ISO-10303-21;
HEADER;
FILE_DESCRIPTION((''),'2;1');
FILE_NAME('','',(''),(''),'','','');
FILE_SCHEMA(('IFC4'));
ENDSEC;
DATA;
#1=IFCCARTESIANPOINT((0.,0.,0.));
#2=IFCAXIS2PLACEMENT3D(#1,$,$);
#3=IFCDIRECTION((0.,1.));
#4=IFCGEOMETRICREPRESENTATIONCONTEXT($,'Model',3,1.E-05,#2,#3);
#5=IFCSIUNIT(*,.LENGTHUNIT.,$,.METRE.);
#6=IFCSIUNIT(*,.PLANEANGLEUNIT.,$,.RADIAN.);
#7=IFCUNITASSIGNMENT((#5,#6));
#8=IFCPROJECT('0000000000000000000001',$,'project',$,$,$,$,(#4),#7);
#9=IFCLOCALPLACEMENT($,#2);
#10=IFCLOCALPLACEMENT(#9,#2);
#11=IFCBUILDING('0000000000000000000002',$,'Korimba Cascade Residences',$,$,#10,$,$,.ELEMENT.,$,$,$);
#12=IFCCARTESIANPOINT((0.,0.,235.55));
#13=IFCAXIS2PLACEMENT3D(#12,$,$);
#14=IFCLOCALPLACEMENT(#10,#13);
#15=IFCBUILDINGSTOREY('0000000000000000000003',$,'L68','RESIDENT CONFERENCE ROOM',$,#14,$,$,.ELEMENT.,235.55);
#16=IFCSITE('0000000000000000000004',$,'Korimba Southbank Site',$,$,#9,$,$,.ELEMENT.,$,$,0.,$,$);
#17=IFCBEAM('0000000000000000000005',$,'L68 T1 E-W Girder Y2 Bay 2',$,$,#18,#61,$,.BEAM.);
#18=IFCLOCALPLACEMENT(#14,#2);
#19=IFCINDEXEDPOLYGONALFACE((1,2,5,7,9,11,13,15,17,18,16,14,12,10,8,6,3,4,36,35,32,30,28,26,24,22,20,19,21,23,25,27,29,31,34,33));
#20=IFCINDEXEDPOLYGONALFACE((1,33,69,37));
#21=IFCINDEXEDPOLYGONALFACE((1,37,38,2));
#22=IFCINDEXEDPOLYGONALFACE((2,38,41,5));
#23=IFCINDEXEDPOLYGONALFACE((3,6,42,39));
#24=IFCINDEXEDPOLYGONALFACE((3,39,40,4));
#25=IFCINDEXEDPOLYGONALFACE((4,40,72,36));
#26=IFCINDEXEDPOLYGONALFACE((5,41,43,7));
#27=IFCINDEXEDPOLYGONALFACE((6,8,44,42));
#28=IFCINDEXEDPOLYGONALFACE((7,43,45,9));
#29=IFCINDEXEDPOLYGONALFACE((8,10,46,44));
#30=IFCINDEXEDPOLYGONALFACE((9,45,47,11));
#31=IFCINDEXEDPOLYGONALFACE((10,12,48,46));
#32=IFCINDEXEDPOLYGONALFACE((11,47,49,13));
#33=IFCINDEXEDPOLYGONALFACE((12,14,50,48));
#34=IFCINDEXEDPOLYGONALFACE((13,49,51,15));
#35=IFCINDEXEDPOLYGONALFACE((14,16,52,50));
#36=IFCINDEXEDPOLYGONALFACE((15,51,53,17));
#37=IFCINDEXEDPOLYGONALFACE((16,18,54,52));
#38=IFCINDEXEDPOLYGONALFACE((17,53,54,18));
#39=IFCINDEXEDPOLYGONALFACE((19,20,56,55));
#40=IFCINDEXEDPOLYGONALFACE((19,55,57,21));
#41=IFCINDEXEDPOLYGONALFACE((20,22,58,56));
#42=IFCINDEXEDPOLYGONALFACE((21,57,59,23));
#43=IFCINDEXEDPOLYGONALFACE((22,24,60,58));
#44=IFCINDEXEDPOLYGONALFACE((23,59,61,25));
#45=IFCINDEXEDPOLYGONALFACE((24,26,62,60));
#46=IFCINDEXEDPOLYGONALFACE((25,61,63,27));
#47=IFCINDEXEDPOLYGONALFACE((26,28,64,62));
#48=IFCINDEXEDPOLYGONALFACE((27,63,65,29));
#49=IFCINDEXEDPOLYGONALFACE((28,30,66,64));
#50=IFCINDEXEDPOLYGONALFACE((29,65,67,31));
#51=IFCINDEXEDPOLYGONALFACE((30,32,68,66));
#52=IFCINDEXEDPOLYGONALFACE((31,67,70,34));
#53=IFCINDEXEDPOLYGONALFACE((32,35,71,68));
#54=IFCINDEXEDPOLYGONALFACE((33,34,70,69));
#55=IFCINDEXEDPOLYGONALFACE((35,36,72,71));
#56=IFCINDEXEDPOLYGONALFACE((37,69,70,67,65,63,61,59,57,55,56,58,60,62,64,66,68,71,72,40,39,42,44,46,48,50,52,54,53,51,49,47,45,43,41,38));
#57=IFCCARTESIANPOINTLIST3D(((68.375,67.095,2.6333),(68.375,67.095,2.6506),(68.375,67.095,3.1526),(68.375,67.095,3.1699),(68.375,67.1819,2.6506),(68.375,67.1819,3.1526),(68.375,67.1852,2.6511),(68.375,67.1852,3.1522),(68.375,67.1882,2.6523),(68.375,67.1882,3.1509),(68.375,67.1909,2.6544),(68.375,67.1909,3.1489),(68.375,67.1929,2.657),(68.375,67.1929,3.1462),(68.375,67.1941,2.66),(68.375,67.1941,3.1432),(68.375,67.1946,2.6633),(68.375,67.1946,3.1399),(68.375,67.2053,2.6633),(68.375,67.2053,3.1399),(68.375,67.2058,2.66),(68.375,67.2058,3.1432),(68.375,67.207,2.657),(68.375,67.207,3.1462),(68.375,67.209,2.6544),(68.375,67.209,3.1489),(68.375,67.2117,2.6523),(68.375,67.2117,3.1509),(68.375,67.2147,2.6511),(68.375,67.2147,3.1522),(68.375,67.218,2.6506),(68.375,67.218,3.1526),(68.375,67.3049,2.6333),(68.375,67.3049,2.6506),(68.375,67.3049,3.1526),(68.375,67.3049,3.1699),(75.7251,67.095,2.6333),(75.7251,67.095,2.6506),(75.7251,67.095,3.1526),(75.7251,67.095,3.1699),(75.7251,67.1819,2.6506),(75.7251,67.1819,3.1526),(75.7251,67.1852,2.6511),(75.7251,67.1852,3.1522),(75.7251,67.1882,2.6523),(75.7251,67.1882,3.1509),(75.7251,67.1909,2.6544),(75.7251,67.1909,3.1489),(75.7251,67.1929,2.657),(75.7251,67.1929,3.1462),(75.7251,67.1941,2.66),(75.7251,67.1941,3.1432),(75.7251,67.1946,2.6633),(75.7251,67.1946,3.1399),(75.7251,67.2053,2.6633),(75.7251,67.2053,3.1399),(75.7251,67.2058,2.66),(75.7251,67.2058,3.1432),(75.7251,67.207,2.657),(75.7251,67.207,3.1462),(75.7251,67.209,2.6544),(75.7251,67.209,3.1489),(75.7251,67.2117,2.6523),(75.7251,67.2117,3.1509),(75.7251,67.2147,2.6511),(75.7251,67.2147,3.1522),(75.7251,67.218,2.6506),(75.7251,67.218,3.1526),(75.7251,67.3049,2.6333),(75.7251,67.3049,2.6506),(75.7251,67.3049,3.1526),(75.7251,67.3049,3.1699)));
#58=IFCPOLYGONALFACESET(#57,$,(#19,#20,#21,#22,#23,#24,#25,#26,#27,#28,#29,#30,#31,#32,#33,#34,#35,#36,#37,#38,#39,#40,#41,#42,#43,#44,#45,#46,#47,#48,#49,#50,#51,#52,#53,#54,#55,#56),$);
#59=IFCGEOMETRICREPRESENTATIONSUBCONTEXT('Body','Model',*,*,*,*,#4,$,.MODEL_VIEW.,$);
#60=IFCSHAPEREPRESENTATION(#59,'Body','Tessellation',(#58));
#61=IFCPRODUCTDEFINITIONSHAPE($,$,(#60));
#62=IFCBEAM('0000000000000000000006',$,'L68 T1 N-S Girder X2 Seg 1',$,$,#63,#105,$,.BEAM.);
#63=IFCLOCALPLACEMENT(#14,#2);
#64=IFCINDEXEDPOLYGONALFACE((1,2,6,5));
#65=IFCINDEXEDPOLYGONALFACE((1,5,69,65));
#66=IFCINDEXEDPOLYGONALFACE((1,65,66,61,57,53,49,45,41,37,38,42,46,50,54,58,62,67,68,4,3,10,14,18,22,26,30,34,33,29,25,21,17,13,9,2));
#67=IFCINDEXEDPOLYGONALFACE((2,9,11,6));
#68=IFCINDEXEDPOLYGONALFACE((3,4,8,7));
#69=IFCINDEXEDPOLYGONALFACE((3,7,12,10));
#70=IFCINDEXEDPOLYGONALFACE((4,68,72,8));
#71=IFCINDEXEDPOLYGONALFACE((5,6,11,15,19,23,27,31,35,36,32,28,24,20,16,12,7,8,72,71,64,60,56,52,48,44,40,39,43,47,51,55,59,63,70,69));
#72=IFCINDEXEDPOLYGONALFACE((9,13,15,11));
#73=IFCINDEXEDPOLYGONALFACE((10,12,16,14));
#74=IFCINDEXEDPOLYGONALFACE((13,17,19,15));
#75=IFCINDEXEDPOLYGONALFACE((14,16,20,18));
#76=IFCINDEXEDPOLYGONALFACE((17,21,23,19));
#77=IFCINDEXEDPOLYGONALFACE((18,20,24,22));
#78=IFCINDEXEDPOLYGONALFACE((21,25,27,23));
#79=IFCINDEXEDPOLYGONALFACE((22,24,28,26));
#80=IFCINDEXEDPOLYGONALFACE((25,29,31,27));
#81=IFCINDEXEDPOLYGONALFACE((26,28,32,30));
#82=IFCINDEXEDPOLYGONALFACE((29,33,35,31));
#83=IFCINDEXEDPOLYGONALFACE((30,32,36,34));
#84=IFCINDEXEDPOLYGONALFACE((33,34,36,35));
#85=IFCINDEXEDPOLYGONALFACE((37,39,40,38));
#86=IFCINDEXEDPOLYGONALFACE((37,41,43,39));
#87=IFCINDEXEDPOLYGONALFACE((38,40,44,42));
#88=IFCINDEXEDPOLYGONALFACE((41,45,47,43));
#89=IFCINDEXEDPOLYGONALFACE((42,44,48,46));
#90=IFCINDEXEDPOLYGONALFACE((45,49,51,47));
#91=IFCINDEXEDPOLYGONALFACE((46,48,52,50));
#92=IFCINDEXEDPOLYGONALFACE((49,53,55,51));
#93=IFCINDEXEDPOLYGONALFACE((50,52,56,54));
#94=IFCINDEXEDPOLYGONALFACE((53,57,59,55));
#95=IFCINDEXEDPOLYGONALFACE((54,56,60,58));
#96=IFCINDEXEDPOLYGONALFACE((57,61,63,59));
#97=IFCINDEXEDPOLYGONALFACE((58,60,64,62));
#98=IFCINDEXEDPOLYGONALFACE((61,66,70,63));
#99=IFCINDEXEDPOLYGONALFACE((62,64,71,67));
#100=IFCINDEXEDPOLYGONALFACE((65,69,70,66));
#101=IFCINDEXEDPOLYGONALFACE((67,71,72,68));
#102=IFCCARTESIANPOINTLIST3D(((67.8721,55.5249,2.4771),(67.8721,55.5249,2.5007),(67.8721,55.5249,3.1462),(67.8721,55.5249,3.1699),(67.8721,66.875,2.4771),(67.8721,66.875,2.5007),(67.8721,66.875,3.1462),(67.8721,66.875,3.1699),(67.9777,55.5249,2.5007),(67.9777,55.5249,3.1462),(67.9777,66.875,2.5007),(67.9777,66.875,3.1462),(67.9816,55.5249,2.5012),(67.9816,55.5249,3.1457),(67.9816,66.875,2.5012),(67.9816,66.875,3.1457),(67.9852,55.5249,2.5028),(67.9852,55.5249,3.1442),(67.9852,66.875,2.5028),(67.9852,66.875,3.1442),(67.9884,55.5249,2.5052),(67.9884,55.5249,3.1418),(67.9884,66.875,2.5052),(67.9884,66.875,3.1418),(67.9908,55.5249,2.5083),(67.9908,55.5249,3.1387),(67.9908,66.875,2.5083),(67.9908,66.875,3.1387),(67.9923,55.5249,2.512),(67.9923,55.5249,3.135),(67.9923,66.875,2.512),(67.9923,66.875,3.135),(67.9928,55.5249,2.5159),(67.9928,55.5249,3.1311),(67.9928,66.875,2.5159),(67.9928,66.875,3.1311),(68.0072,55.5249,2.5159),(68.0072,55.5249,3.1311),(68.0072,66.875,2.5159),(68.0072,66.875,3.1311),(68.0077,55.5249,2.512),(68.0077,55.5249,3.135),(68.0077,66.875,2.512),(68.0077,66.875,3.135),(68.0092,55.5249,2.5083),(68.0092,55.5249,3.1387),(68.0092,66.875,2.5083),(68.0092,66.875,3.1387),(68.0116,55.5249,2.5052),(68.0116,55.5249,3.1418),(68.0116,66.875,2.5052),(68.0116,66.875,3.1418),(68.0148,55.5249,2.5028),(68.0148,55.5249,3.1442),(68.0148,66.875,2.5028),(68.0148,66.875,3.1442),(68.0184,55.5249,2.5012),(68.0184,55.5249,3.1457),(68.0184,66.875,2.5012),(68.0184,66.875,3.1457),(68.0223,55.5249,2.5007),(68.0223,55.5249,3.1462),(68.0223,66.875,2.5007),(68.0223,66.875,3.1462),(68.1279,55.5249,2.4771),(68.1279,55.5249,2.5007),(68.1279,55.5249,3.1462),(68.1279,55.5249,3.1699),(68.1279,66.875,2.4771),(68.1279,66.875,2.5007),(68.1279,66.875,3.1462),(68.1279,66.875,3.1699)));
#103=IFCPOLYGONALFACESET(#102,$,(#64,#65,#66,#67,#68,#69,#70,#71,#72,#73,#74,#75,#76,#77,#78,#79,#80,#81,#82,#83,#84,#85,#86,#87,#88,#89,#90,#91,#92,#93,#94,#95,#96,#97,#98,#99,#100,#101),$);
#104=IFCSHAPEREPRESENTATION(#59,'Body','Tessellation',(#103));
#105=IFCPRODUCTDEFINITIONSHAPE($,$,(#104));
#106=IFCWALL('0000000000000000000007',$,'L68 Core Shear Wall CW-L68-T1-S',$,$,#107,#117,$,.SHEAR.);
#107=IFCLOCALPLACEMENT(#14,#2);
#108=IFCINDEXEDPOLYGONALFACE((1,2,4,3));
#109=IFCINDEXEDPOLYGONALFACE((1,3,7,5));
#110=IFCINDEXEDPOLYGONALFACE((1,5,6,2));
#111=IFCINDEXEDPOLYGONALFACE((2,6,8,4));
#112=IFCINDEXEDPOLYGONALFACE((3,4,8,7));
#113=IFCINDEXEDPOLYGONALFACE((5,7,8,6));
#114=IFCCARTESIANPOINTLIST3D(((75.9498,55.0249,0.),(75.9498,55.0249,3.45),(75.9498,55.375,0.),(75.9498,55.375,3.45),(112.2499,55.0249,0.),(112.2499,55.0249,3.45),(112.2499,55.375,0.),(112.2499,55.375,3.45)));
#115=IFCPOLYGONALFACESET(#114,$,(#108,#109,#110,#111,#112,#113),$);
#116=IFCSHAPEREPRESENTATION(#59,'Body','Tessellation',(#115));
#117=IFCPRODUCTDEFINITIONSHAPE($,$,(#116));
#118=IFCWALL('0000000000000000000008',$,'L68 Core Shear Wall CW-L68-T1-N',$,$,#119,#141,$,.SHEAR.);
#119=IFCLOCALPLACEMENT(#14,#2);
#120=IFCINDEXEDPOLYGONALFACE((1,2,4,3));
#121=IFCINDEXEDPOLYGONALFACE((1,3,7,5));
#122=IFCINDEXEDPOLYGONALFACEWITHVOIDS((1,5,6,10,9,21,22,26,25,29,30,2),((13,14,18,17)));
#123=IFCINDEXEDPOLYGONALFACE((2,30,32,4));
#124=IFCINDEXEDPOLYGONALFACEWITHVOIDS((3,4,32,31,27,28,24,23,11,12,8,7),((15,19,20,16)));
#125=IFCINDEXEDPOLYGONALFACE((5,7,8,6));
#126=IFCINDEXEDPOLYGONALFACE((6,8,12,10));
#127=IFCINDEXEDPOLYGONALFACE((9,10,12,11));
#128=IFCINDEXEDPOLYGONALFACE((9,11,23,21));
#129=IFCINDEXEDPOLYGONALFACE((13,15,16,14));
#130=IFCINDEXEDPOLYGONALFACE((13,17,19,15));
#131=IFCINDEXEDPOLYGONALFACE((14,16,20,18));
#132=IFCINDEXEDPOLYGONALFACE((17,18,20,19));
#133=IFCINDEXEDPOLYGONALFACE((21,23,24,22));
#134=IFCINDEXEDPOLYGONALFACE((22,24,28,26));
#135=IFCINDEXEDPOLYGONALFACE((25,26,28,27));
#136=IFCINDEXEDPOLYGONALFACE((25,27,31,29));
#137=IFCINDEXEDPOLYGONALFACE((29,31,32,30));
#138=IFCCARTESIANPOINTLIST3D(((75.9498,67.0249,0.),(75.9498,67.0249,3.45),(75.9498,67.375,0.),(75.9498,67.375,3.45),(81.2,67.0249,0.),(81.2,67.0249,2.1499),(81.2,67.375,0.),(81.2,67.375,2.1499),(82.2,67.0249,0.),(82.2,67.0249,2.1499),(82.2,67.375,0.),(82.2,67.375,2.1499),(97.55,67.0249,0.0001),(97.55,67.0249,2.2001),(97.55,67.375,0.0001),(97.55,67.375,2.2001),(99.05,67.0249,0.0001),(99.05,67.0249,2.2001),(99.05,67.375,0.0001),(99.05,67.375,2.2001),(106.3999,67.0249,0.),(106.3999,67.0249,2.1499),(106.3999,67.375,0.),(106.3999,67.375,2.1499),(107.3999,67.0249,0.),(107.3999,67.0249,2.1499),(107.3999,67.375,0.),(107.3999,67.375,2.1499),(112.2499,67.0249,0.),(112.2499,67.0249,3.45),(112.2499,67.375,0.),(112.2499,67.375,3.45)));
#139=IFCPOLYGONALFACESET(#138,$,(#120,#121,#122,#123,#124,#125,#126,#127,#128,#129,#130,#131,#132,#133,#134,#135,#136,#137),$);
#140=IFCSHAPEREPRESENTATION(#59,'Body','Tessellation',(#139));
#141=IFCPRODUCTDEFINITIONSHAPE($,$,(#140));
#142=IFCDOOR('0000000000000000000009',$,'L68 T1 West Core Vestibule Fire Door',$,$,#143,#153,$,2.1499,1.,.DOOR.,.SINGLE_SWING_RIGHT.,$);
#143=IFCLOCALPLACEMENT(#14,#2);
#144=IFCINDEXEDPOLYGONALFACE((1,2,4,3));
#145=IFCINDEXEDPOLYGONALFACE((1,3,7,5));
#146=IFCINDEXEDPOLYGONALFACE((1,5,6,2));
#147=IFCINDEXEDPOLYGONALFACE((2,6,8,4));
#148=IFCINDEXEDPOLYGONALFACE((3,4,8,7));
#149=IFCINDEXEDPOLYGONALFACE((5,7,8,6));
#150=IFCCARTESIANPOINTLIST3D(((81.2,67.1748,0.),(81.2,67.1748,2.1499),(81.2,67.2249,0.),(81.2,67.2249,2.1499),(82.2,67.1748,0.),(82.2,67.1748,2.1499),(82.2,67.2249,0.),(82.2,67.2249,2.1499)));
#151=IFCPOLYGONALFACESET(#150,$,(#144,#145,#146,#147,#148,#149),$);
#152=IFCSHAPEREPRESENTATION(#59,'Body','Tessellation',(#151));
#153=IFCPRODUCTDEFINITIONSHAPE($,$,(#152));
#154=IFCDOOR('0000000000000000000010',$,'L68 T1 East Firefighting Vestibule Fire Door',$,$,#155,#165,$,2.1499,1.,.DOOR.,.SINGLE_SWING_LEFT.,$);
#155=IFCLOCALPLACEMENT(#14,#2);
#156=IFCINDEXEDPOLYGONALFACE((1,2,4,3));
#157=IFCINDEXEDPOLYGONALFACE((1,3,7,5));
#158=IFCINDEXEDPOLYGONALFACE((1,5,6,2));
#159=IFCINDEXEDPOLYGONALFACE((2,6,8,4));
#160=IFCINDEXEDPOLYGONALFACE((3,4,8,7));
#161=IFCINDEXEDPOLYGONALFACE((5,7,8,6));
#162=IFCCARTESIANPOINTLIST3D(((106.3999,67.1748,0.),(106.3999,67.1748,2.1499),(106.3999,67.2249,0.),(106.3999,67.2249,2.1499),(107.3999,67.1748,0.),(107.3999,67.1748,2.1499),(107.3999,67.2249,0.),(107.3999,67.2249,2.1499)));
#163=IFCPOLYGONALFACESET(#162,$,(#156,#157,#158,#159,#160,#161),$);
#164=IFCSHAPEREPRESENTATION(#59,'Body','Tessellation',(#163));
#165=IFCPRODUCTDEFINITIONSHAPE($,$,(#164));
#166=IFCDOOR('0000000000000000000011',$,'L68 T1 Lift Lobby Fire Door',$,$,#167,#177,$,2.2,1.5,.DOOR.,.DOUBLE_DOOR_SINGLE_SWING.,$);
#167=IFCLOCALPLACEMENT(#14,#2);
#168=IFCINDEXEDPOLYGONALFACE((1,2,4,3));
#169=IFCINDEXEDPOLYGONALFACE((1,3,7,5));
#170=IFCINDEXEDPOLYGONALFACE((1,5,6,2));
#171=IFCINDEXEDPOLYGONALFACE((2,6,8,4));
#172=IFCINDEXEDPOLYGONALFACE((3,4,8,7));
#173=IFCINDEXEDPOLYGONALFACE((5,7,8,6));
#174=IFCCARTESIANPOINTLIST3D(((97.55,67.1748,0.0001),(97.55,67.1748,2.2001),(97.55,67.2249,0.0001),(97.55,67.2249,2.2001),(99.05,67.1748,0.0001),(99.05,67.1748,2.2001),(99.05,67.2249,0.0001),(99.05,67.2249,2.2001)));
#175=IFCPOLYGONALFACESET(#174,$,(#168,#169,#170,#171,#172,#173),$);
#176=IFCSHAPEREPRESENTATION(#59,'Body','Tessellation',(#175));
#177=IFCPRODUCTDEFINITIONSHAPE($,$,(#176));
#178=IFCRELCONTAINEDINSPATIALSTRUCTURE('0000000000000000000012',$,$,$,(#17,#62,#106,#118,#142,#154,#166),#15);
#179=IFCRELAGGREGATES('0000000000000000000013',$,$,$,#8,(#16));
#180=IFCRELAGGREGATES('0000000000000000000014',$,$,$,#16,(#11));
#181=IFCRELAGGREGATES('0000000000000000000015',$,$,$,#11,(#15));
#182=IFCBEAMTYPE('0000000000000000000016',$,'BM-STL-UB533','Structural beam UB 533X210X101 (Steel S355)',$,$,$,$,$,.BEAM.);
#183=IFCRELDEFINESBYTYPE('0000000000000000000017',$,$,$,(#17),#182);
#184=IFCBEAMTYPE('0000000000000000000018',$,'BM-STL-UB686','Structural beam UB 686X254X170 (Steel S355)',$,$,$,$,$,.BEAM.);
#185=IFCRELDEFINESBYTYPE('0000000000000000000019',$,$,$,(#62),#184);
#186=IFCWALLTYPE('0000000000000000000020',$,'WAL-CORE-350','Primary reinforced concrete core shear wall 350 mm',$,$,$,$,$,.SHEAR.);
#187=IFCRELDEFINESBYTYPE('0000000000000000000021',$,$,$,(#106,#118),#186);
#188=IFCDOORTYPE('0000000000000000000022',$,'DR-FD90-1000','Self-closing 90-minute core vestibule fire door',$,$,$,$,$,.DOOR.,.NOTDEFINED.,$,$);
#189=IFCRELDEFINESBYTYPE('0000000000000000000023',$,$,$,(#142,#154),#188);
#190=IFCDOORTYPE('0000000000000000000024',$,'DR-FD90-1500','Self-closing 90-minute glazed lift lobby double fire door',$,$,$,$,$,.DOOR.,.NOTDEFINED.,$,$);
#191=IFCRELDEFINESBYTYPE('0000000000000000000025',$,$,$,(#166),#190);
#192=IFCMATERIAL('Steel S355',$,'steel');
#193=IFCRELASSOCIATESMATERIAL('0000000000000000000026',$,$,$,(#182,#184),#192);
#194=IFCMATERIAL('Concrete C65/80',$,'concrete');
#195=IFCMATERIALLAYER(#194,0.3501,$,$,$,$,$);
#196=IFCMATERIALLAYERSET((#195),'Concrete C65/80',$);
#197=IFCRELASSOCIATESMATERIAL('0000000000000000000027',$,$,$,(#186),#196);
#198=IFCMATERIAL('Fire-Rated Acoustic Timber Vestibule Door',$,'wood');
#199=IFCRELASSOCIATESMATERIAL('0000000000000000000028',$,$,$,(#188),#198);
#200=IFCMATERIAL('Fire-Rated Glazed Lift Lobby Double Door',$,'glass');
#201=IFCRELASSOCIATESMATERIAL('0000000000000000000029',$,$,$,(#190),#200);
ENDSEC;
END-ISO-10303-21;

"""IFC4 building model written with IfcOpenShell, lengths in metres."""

from ifc_helpers import new_model, si_unit, direction, frame, frame_2d, origin, origin_2d, place, context, subcontext, project, spatial, rectangle, i_section, extrude, material, layer, layer_set, material_profile, profile_set, type_object, element, fill, save


model = new_model("IFC4")

# Units and contexts
model_context = context("Model", 3, precision=1e-05, world=origin(), true_north=direction((0.0, 1.0)))
body_context = subcontext(model_context, "Body", "Model", "MODEL_VIEW")
ifc_project = project(units=[si_unit("LENGTHUNIT", "METRE"), si_unit("PLANEANGLEUNIT", "RADIAN")], contexts=[model_context])

# Site, building, storey
site_placement = place(None, origin())
site = spatial("IfcSite", under=ifc_project, at=site_placement, Name="Korimba Southbank Site", CompositionType="ELEMENT", RefElevation=0.0)
building_placement = place(site_placement, origin())
building = spatial("IfcBuilding", under=site, at=building_placement, Name="Korimba Cascade Residences", CompositionType="ELEMENT")
storey_placement = place(building_placement, frame((0.0, 0.0, 235.55)))
storey = spatial("IfcBuildingStorey", under=building, at=storey_placement, Name="L68", Description="RESIDENT CONFERENCE ROOM", CompositionType="ELEMENT", Elevation=235.55)

# Beams
ifc_material_1 = material(Name="Steel S355", Category="steel")
ifc_material_profile_1 = material_profile(ifc_material_1, i_section(OverallWidth=0.21, OverallDepth=0.5366, WebThickness=0.0107, FlangeThickness=0.0173, FilletRadius=0.0127, at=origin_2d()), Name="Steel S355")
ifc_profile_set_1 = profile_set([ifc_material_profile_1], Name="Steel S355")
beam_type_1 = type_object("IfcBeamType", Name="BM-STL-UB533", Description="Structural beam UB 533X210X101 (Steel S355)", PredefinedType="BEAM", material=ifc_profile_set_1)
beam_1_placement = place(storey_placement, frame((68.375, 67.2, 2.9016), z_axis=(1.0, 0.0, 0.0), x_axis=(0.0, 1.0, 0.0)))
element("IfcBeam", 1, at=beam_1_placement, inside=storey, type_object=beam_type_1, Name="L68 T1 E-W Girder Y2 Bay 2", PredefinedType="BEAM", context=body_context, shape_type="SweptSolid", body=[
    extrude(i_section(OverallWidth=0.21, OverallDepth=0.5366, WebThickness=0.0107, FlangeThickness=0.0173, FilletRadius=0.0127, at=origin_2d()), origin(), (0.0, 0.0, 1.0), 7.3501),
])
ifc_material_profile_2 = material_profile(ifc_material_1, i_section(OverallWidth=0.2559, OverallDepth=0.6929, WebThickness=0.0144, FlangeThickness=0.0237, FilletRadius=0.0151, at=origin_2d()), Name="Steel S355")
ifc_profile_set_2 = profile_set([ifc_material_profile_2], Name="Steel S355")
beam_type_2 = type_object("IfcBeamType", Name="BM-STL-UB686", Description="Structural beam UB 686X254X170 (Steel S355)", PredefinedType="BEAM", material=ifc_profile_set_2)
beam_2_placement = place(storey_placement, frame((68.0, 55.5249, 2.8235), z_axis=(0.0, 1.0, 0.0), x_axis=(-1.0, 0.0, 0.0)))
element("IfcBeam", 2, at=beam_2_placement, inside=storey, type_object=beam_type_2, Name="L68 T1 N-S Girder X2 Seg 1", PredefinedType="BEAM", context=body_context, shape_type="SweptSolid", body=[
    extrude(i_section(OverallWidth=0.2559, OverallDepth=0.6929, WebThickness=0.0144, FlangeThickness=0.0237, FilletRadius=0.0151, at=origin_2d()), origin(), (0.0, 0.0, 1.0), 11.3501),
])

# Wall
ifc_material_2 = material(Name="Concrete C65/80", Category="concrete")
ifc_layer_1 = layer(ifc_material_2, 0.3501)
ifc_layer_set_1 = layer_set([ifc_layer_1], Name="Concrete C65/80")
wall_type_1 = type_object("IfcWallType", Name="WAL-CORE-350", Description="Primary reinforced concrete core shear wall 350 mm", PredefinedType="SHEAR", material=ifc_layer_set_1)
wall_1_placement = place(storey_placement, frame((75.95, 55.2, 0.0), z_axis=(0.0, 0.0, 1.0), x_axis=(1.0, 0.0, 0.0)))
element("IfcWall", 3, at=wall_1_placement, inside=storey, type_object=wall_type_1, Name="L68 Core Shear Wall CW-L68-T1-S", PredefinedType="SHEAR", context=body_context, shape_type="SweptSolid", body=[
    extrude(rectangle(XDim=36.3, YDim=0.3501, at=frame_2d((18.1499, 0.0))), origin(), (0.0, 0.0, 1.0), 3.45),
])

# Wall, openings, doors
wall_2_placement = place(storey_placement, frame((75.95, 67.2, 0.0), z_axis=(0.0, 0.0, 1.0), x_axis=(1.0, 0.0, 0.0)))
wall_2 = element("IfcWall", 4, at=wall_2_placement, inside=storey, type_object=wall_type_1, Name="L68 Core Shear Wall CW-L68-T1-N", PredefinedType="SHEAR", context=body_context, shape_type="SweptSolid", body=[
    extrude(rectangle(XDim=36.3, YDim=0.3501, at=frame_2d((18.1499, 0.0))), origin(), (0.0, 0.0, 1.0), 3.45),
])
opening_1_placement = place(wall_2_placement, frame((5.25, 0.0, 0.0)))
opening_1 = element("IfcOpeningElement", 5, at=opening_1_placement, cuts=wall_2, PredefinedType="OPENING", context=body_context, shape_type="SweptSolid", body=[
    extrude(rectangle(XDim=1.0, YDim=2.1499, at=frame_2d((0.5, 1.075))), frame((0.0, 0.1851, 0.0), z_axis=(0.0, -1.0, 0.0), x_axis=(1.0, 0.0, 0.0)), (0.0, 0.0, 1.0), 0.3701),
])
opening_2_placement = place(wall_2_placement, frame((21.6001, 0.0, 0.0)))
opening_2 = element("IfcOpeningElement", 6, at=opening_2_placement, cuts=wall_2, PredefinedType="OPENING", context=body_context, shape_type="SweptSolid", body=[
    extrude(rectangle(XDim=1.5, YDim=2.2, at=frame_2d((0.75, 1.1001))), frame((0.0, 0.1851, 0.0), z_axis=(0.0, -1.0, 0.0), x_axis=(1.0, 0.0, 0.0)), (0.0, 0.0, 1.0), 0.3701),
])
opening_3_placement = place(wall_2_placement, frame((30.45, 0.0, 0.0)))
opening_3 = element("IfcOpeningElement", 7, at=opening_3_placement, cuts=wall_2, PredefinedType="OPENING", context=body_context, shape_type="SweptSolid", body=[
    extrude(rectangle(XDim=1.0, YDim=2.1499, at=frame_2d((0.5, 1.075))), frame((0.0, 0.1851, 0.0), z_axis=(0.0, -1.0, 0.0), x_axis=(1.0, 0.0, 0.0)), (0.0, 0.0, 1.0), 0.3701),
])
ifc_material_3 = material(Name="Fire-Rated Acoustic Timber Vestibule Door", Category="wood")
door_type_1 = type_object("IfcDoorType", Name="DR-FD90-1000", Description="Self-closing 90-minute core vestibule fire door", OperationType="NOTDEFINED", PredefinedType="DOOR", material=ifc_material_3)
door_1_placement = place(opening_1_placement, origin())
door_1 = element("IfcDoor", 8, at=door_1_placement, inside=storey, type_object=door_type_1, Name="L68 T1 West Core Vestibule Fire Door", OperationType="SINGLE_SWING_RIGHT", OverallHeight=2.1499, OverallWidth=1.0, PredefinedType="DOOR", context=body_context, shape_type="SweptSolid", body=[
    extrude(rectangle(XDim=1.0, YDim=2.1499, at=frame_2d((0.5, 1.075))), frame((0.0, 0.0249, 0.0), z_axis=(0.0, -1.0, 0.0), x_axis=(1.0, 0.0, 0.0)), (0.0, 0.0, 1.0), 0.05),
])
fill(opening_1, door_1)
door_2_placement = place(opening_3_placement, origin())
door_2 = element("IfcDoor", 9, at=door_2_placement, inside=storey, type_object=door_type_1, Name="L68 T1 East Firefighting Vestibule Fire Door", OperationType="SINGLE_SWING_LEFT", OverallHeight=2.1499, OverallWidth=1.0, PredefinedType="DOOR", context=body_context, shape_type="SweptSolid", body=[
    extrude(rectangle(XDim=1.0, YDim=2.1499, at=frame_2d((0.5, 1.075))), frame((0.0, 0.0249, 0.0), z_axis=(0.0, -1.0, 0.0), x_axis=(1.0, 0.0, 0.0)), (0.0, 0.0, 1.0), 0.05),
])
fill(opening_3, door_2)
ifc_material_4 = material(Name="Fire-Rated Glazed Lift Lobby Double Door", Category="glass")
door_type_2 = type_object("IfcDoorType", Name="DR-FD90-1500", Description="Self-closing 90-minute glazed lift lobby double fire door", OperationType="NOTDEFINED", PredefinedType="DOOR", material=ifc_material_4)
door_3_placement = place(opening_2_placement, origin())
door_3 = element("IfcDoor", 10, at=door_3_placement, inside=storey, type_object=door_type_2, Name="L68 T1 Lift Lobby Fire Door", OperationType="DOUBLE_DOOR_SINGLE_SWING", OverallHeight=2.2, OverallWidth=1.5, PredefinedType="DOOR", context=body_context, shape_type="SweptSolid", body=[
    extrude(rectangle(XDim=1.5, YDim=2.2, at=frame_2d((0.75, 1.1001))), frame((0.0, 0.0249, 0.0), z_axis=(0.0, -1.0, 0.0), x_axis=(1.0, 0.0, 0.0)), (0.0, 0.0, 1.0), 0.05),
])
fill(opening_2, door_3)

save(model, "model.ifc")
